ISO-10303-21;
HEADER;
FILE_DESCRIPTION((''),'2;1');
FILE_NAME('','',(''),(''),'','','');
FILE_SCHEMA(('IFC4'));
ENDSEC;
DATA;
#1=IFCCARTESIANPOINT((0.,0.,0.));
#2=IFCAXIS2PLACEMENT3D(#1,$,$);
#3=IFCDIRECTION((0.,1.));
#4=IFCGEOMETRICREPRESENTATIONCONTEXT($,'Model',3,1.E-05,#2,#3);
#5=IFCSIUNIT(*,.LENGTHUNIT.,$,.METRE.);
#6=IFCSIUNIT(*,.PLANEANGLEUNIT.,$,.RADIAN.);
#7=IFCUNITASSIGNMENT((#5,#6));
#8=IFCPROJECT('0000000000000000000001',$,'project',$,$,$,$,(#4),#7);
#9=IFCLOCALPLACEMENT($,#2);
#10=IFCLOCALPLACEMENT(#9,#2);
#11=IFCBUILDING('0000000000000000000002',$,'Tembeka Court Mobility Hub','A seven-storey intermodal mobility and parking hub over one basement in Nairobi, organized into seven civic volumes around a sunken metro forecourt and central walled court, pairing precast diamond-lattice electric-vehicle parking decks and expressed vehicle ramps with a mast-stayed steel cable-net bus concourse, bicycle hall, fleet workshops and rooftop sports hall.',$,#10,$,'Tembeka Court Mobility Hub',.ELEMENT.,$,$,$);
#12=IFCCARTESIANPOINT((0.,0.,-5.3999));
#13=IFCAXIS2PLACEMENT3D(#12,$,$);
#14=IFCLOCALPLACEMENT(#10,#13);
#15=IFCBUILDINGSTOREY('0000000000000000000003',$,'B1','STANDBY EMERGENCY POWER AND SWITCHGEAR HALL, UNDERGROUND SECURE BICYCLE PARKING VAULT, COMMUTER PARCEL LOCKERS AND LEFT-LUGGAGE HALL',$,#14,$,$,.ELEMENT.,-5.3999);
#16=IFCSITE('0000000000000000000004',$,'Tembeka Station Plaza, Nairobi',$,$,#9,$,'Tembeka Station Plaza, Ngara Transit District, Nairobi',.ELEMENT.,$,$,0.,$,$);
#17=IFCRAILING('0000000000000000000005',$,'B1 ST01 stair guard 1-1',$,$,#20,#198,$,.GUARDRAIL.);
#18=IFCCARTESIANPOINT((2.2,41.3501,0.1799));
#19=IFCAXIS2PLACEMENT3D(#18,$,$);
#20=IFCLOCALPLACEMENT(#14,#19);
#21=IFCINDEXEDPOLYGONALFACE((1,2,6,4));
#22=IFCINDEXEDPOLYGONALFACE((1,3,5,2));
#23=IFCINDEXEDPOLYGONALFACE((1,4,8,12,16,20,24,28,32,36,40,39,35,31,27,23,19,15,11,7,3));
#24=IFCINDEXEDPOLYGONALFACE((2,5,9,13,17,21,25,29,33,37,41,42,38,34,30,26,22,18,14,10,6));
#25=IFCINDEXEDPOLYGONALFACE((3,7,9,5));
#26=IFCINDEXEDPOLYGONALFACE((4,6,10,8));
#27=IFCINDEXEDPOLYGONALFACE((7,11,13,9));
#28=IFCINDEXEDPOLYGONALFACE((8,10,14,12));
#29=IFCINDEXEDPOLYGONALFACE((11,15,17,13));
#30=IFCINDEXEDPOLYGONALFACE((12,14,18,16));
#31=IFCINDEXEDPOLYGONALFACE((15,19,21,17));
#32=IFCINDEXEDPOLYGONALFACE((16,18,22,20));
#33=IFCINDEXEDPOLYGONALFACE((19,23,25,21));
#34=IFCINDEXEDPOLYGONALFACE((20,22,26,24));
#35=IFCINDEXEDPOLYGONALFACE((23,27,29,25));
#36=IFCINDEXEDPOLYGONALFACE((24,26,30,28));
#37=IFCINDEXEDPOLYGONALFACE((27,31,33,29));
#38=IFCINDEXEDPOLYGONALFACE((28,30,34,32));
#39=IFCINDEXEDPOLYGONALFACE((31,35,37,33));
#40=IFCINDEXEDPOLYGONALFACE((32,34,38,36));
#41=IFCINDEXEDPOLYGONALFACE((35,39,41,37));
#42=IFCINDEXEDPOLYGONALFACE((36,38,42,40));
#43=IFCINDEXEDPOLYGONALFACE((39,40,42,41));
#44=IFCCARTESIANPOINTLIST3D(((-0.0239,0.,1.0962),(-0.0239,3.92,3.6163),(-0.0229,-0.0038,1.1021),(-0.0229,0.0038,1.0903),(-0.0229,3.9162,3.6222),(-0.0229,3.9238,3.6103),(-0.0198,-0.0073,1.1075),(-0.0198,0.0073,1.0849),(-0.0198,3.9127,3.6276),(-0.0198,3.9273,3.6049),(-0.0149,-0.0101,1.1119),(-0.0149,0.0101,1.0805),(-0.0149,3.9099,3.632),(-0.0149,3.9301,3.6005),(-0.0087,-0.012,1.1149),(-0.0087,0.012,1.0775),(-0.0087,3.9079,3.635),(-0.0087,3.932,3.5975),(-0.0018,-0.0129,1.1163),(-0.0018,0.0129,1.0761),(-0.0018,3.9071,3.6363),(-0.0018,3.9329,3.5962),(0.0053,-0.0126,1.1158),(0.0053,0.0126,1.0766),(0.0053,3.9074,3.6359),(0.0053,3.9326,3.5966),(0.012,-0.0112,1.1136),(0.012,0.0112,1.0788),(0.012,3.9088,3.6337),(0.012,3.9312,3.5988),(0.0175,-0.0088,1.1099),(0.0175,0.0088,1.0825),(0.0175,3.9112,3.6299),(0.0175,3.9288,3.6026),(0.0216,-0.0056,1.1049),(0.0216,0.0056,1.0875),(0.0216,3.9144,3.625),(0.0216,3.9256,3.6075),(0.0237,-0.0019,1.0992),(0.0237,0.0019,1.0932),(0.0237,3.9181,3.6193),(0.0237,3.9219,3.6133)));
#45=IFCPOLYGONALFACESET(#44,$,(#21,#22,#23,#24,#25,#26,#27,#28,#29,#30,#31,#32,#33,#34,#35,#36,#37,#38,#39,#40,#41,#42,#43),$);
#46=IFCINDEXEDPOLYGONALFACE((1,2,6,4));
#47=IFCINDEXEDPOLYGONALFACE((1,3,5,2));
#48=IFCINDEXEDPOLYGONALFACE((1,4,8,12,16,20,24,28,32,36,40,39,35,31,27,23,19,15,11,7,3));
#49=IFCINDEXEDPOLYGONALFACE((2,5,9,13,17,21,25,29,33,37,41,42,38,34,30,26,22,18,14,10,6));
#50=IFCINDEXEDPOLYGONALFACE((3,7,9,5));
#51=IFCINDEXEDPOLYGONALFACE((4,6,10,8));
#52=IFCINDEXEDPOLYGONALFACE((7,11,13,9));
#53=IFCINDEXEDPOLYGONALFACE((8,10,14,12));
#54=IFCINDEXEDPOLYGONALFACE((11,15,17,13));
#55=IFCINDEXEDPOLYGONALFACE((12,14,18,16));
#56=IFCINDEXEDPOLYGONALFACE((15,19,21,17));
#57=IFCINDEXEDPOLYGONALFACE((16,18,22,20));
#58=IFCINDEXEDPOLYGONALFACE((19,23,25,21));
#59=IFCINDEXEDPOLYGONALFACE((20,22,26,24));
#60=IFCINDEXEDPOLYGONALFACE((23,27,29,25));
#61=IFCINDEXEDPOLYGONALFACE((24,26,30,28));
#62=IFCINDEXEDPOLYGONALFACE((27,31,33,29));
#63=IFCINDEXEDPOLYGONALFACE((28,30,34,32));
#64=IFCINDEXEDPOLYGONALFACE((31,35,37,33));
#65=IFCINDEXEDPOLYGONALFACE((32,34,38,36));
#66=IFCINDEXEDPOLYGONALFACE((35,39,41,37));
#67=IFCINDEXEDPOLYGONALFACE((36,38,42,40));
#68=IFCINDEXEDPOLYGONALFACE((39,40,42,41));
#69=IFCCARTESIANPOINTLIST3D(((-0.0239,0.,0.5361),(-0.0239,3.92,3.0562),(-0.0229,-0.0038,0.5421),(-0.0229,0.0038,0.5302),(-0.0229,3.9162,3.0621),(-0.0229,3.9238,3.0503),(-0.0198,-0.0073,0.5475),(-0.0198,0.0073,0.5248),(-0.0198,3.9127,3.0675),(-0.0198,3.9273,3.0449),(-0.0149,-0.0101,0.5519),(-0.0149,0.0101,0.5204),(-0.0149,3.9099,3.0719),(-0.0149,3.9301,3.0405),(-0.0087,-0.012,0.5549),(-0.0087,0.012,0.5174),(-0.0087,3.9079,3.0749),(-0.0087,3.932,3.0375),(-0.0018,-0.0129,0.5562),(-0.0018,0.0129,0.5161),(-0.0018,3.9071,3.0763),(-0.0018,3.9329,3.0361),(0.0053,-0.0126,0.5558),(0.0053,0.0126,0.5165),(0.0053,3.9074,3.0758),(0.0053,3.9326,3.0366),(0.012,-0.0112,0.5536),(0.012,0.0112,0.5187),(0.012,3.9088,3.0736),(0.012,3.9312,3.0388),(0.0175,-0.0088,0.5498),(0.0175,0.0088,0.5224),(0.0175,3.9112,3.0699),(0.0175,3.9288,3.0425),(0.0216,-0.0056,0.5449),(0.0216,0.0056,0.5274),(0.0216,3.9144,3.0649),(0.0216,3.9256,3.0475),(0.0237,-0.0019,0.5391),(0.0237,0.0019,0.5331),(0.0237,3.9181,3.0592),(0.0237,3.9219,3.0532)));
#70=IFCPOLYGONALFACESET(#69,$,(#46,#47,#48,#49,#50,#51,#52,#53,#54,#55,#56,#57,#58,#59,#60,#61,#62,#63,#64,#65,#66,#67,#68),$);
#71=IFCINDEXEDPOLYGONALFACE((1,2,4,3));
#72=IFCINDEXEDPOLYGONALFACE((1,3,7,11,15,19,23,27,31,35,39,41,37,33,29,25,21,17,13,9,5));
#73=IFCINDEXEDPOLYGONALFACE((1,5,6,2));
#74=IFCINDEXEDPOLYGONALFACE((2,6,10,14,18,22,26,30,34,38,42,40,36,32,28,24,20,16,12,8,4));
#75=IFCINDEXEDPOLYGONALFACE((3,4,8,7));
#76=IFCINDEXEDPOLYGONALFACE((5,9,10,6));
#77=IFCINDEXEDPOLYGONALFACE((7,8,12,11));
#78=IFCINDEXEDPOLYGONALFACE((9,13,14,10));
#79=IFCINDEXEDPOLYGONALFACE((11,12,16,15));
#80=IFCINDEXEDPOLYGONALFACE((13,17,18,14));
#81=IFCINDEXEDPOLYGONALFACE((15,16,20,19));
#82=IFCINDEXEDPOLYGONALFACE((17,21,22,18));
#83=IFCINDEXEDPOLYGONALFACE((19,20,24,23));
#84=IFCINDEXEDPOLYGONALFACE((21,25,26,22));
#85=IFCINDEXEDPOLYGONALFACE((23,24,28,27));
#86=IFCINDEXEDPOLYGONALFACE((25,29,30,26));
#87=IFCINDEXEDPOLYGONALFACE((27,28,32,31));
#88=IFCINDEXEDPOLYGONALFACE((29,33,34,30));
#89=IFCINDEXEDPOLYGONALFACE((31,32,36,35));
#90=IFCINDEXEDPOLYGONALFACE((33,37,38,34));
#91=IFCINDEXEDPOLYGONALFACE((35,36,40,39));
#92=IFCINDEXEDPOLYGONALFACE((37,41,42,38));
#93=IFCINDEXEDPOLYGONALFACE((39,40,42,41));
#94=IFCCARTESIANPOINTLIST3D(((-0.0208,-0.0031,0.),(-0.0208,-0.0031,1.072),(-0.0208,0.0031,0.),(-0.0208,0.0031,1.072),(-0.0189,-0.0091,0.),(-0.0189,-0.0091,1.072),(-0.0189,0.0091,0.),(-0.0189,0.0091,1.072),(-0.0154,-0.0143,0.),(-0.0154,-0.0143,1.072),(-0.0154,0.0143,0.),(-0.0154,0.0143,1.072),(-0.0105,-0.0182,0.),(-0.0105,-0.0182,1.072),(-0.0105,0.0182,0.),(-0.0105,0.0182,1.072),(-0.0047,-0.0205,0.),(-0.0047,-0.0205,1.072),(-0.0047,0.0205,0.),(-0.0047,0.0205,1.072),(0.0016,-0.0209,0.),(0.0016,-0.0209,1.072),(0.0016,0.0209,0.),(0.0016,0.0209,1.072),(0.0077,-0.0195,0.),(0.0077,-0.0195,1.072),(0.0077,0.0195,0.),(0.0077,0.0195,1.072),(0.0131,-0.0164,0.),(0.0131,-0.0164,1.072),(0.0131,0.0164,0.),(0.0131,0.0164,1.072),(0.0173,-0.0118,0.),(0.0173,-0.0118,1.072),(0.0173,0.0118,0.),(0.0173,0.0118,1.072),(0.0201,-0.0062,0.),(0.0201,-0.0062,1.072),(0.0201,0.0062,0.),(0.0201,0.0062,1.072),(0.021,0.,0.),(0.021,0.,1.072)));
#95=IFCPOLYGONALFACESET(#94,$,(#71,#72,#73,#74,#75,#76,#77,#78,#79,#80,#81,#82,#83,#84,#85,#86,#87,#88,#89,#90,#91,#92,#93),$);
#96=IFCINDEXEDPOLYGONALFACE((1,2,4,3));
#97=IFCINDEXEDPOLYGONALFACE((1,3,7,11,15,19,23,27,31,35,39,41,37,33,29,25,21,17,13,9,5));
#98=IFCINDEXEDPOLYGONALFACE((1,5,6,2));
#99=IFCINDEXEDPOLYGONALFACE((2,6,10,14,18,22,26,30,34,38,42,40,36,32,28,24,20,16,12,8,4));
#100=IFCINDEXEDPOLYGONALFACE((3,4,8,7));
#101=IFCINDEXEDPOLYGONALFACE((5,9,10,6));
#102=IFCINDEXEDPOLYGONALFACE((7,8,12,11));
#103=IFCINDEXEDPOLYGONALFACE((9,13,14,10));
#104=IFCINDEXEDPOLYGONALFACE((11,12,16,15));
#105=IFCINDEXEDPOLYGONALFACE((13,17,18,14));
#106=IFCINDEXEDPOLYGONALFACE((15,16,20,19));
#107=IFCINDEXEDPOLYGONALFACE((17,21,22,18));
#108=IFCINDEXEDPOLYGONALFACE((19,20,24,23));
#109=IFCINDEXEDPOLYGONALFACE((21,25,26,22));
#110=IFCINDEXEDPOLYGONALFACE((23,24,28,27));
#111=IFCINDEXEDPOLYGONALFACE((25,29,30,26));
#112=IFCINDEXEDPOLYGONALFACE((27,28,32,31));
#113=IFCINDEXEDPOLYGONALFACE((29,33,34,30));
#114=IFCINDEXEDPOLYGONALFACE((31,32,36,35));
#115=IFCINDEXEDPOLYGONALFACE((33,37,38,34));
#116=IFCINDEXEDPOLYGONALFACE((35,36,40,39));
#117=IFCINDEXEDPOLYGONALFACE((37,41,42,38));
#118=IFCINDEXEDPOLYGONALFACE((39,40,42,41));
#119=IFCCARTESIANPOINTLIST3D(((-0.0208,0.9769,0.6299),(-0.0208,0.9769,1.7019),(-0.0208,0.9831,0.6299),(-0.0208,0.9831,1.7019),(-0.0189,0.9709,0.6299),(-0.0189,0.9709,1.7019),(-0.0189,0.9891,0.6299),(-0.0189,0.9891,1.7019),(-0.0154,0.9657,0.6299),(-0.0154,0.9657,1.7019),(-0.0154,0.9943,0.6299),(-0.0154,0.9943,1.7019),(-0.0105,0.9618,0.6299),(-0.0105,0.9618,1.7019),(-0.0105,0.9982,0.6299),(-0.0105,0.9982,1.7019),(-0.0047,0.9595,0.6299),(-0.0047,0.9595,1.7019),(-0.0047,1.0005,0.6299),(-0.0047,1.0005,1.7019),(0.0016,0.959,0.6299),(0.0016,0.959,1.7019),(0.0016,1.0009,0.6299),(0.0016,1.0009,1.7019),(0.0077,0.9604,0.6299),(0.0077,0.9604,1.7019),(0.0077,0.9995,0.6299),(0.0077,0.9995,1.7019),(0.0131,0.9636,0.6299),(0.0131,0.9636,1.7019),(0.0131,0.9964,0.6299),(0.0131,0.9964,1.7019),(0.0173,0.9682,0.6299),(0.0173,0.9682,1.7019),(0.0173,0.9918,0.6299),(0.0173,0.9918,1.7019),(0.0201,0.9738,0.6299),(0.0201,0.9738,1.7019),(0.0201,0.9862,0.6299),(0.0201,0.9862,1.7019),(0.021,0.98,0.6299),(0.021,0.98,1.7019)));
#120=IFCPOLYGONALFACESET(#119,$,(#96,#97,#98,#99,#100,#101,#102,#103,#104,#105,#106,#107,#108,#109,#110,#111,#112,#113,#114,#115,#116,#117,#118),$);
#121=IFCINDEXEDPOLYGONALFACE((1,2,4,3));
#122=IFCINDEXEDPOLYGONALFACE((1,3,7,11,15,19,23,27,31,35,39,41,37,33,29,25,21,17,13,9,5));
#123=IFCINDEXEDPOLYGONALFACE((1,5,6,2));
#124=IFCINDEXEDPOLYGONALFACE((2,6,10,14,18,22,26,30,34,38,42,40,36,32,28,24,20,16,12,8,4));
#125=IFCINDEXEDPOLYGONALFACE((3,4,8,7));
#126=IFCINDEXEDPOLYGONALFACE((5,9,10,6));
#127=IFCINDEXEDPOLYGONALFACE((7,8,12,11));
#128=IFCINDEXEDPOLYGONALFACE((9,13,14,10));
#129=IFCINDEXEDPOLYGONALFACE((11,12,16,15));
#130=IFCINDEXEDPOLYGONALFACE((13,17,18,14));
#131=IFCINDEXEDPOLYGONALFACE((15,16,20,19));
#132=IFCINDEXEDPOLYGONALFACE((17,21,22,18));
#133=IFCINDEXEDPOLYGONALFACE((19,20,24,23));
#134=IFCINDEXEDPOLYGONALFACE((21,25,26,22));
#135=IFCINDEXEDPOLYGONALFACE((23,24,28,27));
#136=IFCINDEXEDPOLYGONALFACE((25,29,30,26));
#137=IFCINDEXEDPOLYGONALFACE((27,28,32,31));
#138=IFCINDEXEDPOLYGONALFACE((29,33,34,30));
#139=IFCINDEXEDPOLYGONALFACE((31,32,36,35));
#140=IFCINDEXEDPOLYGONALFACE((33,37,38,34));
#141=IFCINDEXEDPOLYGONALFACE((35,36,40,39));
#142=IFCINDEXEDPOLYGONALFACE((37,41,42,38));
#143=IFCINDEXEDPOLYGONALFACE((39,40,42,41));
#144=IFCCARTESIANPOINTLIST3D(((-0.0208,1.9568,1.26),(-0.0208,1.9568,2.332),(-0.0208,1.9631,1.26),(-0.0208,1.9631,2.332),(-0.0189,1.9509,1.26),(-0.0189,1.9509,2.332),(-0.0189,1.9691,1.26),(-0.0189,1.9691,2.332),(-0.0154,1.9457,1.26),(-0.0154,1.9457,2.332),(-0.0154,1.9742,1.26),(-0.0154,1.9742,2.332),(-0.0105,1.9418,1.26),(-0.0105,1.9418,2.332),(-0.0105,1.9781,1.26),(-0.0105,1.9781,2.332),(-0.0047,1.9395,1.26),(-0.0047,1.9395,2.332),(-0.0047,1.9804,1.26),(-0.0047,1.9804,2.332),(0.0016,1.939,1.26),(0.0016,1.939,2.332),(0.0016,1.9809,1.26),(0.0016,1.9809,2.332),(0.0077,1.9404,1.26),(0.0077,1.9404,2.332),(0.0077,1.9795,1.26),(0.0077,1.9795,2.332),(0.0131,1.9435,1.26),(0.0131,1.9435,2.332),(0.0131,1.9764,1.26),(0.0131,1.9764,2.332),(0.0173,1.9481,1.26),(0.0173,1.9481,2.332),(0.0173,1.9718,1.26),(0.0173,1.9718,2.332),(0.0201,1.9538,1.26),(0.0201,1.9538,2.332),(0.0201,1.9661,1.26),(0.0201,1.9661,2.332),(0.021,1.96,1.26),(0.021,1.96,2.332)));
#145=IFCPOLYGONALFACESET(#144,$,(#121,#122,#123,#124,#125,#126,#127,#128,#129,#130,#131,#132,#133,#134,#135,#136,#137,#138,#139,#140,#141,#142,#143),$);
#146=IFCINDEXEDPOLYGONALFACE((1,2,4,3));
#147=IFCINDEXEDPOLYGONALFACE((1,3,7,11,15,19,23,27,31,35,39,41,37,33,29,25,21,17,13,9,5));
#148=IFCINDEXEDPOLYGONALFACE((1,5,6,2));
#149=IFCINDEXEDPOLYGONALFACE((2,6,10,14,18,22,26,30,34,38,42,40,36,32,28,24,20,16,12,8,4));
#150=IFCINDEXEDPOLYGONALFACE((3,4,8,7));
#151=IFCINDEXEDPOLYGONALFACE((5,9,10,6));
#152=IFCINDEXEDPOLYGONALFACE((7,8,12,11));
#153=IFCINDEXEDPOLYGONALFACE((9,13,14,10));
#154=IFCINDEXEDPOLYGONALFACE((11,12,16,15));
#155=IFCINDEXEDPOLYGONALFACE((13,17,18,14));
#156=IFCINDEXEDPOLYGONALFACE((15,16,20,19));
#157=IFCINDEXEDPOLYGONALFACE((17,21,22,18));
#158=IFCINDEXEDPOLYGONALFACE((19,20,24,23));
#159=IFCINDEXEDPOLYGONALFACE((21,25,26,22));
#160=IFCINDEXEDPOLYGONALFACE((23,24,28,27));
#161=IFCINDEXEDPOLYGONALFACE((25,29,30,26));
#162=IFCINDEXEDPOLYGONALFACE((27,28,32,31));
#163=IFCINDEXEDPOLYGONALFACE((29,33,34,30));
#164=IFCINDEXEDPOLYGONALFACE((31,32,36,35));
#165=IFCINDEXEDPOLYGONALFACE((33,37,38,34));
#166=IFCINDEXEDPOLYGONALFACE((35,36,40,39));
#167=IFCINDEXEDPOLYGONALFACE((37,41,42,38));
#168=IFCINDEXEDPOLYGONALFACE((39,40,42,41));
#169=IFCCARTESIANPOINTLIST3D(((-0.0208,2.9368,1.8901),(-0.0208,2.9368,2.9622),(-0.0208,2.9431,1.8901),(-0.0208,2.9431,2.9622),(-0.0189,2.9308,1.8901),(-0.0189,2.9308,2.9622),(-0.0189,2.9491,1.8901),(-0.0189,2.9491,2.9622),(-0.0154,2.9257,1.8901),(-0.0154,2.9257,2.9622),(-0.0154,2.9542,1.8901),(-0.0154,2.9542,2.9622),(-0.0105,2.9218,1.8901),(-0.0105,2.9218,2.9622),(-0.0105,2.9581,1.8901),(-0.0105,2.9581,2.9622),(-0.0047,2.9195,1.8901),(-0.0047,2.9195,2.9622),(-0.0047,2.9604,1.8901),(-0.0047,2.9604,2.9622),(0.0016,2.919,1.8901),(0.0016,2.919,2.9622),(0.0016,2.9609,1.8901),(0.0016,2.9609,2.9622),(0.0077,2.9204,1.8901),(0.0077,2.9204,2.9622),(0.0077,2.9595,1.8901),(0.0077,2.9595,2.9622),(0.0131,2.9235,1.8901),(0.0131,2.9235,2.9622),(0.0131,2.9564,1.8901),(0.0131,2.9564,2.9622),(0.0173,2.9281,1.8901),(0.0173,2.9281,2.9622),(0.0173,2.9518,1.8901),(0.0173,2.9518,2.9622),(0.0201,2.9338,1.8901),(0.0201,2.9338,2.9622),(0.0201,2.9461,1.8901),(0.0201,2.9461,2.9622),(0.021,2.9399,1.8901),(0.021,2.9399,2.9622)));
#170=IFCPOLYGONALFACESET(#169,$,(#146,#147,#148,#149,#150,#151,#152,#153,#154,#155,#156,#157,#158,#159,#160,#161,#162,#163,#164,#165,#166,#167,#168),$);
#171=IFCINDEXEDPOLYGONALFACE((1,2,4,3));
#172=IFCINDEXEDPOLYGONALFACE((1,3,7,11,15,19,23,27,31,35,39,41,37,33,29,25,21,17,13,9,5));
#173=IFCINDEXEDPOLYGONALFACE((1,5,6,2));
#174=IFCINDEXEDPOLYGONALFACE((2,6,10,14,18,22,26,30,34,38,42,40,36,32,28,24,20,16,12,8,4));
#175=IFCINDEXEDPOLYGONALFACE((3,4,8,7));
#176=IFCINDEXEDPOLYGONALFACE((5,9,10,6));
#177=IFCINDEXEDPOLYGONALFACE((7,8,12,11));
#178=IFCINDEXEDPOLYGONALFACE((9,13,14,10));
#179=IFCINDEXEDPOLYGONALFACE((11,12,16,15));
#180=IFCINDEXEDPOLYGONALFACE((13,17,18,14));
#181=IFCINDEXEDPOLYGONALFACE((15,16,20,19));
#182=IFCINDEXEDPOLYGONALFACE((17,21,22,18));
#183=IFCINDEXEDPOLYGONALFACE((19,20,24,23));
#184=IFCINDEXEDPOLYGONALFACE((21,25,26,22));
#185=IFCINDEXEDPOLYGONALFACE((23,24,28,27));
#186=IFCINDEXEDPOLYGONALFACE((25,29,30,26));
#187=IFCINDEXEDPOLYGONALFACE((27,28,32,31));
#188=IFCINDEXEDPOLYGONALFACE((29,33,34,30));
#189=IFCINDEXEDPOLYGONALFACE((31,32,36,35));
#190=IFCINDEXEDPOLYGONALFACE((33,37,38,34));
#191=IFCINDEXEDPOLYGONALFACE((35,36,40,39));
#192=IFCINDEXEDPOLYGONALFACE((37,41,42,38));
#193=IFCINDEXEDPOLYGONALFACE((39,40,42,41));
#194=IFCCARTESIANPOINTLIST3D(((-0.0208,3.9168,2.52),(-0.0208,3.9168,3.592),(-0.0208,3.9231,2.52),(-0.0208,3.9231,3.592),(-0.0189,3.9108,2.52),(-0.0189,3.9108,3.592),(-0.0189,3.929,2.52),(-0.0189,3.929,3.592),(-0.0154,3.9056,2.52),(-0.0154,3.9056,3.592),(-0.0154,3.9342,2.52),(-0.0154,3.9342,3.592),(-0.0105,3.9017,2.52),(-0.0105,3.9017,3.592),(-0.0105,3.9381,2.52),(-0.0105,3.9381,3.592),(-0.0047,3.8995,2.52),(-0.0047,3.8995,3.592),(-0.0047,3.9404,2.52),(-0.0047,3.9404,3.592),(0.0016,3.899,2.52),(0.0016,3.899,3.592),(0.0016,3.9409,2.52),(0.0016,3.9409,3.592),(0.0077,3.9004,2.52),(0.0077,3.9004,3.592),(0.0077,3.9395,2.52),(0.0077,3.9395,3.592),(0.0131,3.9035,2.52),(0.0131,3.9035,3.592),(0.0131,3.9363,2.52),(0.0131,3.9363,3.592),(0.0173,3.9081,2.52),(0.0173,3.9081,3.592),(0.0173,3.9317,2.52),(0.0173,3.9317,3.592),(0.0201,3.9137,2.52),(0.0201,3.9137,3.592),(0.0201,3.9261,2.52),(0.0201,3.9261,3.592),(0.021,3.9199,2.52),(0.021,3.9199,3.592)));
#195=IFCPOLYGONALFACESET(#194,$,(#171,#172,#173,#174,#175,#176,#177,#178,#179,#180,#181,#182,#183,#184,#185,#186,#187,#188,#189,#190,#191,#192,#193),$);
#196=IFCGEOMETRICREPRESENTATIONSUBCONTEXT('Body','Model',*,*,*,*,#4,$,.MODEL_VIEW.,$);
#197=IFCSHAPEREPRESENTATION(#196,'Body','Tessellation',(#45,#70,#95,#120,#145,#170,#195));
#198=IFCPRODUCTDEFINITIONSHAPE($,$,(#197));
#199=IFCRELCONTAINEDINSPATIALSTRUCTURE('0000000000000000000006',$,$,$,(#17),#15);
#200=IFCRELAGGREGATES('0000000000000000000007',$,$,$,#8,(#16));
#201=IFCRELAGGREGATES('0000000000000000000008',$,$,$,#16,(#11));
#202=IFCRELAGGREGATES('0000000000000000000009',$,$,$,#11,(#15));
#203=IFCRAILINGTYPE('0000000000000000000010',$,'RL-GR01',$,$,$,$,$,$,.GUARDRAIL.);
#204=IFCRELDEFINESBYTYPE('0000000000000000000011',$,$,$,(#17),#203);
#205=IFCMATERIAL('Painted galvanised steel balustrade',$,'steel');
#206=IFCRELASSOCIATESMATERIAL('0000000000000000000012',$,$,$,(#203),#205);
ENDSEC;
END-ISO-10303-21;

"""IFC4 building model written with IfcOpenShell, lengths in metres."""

from ifc_helpers import new_model, si_unit, direction, frame, origin, origin_2d, place, context, subcontext, project, spatial, circle, extrude, material, type_object, element, save


model = new_model("IFC4")

# Units and contexts
model_context = context("Model", 3, precision=1e-05, world=origin(), true_north=direction((0.0, 1.0)))
body_context = subcontext(model_context, "Body", "Model", "MODEL_VIEW")
ifc_project = project(units=[si_unit("LENGTHUNIT", "METRE"), si_unit("PLANEANGLEUNIT", "RADIAN")], contexts=[model_context])

# Site, building, storey
site_placement = place(None, origin())
site = spatial("IfcSite", under=ifc_project, at=site_placement, Name="Tembeka Station Plaza, Nairobi", LongName="Tembeka Station Plaza, Ngara Transit District, Nairobi", CompositionType="ELEMENT", RefElevation=0.0)
building_placement = place(site_placement, origin())
building = spatial("IfcBuilding", under=site, at=building_placement, Name="Tembeka Court Mobility Hub", Description="A seven-storey intermodal mobility and parking hub over one basement in Nairobi, organized into seven civic volumes around a sunken metro forecourt and central walled court, pairing precast diamond-lattice electric-vehicle parking decks and expressed vehicle ramps with a mast-stayed steel cable-net bus concourse, bicycle hall, fleet workshops and rooftop sports hall.", LongName="Tembeka Court Mobility Hub", CompositionType="ELEMENT")
storey_placement = place(building_placement, frame((0.0, 0.0, -5.3999)))
storey = spatial("IfcBuildingStorey", under=building, at=storey_placement, Name="B1", Description="STANDBY EMERGENCY POWER AND SWITCHGEAR HALL, UNDERGROUND SECURE BICYCLE PARKING VAULT, COMMUTER PARCEL LOCKERS AND LEFT-LUGGAGE HALL", CompositionType="ELEMENT", Elevation=-5.3999)

# Railing
ifc_material_1 = material(Name="Painted galvanised steel balustrade", Category="steel")
railing_type_1 = type_object("IfcRailingType", Name="RL-GR01", PredefinedType="GUARDRAIL", material=ifc_material_1)
railing_1_placement = place(storey_placement, frame((2.2, 41.3501, 0.1799)))
element("IfcRailing", 1, at=railing_1_placement, inside=storey, type_object=railing_type_1, Name="B1 ST01 stair guard 1-1", PredefinedType="GUARDRAIL", context=body_context, shape_type="SweptSolid", body=[
    extrude(circle(Radius=0.0239, at=origin_2d()), frame((0.0, 0.0, 1.0962), z_axis=(0.0, 0.841172, 0.540768), x_axis=(-1.0, 0.0, 0.0)), (0.0, 0.0, 1.0), 4.6602),
    extrude(circle(Radius=0.0239, at=origin_2d()), frame((0.0, 0.0, 0.5361), z_axis=(0.0, 0.841172, 0.540768), x_axis=(-1.0, 0.0, 0.0)), (0.0, 0.0, 1.0), 4.6602),
    extrude(circle(Radius=0.021, at=origin_2d()), origin(), (0.0, 0.0, 1.0), 1.072),
    extrude(circle(Radius=0.021, at=origin_2d()), frame((0.0, 0.98, 0.6299)), (0.0, 0.0, 1.0), 1.072),
    extrude(circle(Radius=0.021, at=origin_2d()), frame((0.0, 1.96, 1.26)), (0.0, 0.0, 1.0), 1.072),
    extrude(circle(Radius=0.021, at=origin_2d()), frame((0.0, 2.9399, 1.8901)), (0.0, 0.0, 1.0), 1.072),
    extrude(circle(Radius=0.021, at=origin_2d()), frame((0.0, 3.9199, 2.52)), (0.0, 0.0, 1.0), 1.072),
])

save(model, "model.ifc")
